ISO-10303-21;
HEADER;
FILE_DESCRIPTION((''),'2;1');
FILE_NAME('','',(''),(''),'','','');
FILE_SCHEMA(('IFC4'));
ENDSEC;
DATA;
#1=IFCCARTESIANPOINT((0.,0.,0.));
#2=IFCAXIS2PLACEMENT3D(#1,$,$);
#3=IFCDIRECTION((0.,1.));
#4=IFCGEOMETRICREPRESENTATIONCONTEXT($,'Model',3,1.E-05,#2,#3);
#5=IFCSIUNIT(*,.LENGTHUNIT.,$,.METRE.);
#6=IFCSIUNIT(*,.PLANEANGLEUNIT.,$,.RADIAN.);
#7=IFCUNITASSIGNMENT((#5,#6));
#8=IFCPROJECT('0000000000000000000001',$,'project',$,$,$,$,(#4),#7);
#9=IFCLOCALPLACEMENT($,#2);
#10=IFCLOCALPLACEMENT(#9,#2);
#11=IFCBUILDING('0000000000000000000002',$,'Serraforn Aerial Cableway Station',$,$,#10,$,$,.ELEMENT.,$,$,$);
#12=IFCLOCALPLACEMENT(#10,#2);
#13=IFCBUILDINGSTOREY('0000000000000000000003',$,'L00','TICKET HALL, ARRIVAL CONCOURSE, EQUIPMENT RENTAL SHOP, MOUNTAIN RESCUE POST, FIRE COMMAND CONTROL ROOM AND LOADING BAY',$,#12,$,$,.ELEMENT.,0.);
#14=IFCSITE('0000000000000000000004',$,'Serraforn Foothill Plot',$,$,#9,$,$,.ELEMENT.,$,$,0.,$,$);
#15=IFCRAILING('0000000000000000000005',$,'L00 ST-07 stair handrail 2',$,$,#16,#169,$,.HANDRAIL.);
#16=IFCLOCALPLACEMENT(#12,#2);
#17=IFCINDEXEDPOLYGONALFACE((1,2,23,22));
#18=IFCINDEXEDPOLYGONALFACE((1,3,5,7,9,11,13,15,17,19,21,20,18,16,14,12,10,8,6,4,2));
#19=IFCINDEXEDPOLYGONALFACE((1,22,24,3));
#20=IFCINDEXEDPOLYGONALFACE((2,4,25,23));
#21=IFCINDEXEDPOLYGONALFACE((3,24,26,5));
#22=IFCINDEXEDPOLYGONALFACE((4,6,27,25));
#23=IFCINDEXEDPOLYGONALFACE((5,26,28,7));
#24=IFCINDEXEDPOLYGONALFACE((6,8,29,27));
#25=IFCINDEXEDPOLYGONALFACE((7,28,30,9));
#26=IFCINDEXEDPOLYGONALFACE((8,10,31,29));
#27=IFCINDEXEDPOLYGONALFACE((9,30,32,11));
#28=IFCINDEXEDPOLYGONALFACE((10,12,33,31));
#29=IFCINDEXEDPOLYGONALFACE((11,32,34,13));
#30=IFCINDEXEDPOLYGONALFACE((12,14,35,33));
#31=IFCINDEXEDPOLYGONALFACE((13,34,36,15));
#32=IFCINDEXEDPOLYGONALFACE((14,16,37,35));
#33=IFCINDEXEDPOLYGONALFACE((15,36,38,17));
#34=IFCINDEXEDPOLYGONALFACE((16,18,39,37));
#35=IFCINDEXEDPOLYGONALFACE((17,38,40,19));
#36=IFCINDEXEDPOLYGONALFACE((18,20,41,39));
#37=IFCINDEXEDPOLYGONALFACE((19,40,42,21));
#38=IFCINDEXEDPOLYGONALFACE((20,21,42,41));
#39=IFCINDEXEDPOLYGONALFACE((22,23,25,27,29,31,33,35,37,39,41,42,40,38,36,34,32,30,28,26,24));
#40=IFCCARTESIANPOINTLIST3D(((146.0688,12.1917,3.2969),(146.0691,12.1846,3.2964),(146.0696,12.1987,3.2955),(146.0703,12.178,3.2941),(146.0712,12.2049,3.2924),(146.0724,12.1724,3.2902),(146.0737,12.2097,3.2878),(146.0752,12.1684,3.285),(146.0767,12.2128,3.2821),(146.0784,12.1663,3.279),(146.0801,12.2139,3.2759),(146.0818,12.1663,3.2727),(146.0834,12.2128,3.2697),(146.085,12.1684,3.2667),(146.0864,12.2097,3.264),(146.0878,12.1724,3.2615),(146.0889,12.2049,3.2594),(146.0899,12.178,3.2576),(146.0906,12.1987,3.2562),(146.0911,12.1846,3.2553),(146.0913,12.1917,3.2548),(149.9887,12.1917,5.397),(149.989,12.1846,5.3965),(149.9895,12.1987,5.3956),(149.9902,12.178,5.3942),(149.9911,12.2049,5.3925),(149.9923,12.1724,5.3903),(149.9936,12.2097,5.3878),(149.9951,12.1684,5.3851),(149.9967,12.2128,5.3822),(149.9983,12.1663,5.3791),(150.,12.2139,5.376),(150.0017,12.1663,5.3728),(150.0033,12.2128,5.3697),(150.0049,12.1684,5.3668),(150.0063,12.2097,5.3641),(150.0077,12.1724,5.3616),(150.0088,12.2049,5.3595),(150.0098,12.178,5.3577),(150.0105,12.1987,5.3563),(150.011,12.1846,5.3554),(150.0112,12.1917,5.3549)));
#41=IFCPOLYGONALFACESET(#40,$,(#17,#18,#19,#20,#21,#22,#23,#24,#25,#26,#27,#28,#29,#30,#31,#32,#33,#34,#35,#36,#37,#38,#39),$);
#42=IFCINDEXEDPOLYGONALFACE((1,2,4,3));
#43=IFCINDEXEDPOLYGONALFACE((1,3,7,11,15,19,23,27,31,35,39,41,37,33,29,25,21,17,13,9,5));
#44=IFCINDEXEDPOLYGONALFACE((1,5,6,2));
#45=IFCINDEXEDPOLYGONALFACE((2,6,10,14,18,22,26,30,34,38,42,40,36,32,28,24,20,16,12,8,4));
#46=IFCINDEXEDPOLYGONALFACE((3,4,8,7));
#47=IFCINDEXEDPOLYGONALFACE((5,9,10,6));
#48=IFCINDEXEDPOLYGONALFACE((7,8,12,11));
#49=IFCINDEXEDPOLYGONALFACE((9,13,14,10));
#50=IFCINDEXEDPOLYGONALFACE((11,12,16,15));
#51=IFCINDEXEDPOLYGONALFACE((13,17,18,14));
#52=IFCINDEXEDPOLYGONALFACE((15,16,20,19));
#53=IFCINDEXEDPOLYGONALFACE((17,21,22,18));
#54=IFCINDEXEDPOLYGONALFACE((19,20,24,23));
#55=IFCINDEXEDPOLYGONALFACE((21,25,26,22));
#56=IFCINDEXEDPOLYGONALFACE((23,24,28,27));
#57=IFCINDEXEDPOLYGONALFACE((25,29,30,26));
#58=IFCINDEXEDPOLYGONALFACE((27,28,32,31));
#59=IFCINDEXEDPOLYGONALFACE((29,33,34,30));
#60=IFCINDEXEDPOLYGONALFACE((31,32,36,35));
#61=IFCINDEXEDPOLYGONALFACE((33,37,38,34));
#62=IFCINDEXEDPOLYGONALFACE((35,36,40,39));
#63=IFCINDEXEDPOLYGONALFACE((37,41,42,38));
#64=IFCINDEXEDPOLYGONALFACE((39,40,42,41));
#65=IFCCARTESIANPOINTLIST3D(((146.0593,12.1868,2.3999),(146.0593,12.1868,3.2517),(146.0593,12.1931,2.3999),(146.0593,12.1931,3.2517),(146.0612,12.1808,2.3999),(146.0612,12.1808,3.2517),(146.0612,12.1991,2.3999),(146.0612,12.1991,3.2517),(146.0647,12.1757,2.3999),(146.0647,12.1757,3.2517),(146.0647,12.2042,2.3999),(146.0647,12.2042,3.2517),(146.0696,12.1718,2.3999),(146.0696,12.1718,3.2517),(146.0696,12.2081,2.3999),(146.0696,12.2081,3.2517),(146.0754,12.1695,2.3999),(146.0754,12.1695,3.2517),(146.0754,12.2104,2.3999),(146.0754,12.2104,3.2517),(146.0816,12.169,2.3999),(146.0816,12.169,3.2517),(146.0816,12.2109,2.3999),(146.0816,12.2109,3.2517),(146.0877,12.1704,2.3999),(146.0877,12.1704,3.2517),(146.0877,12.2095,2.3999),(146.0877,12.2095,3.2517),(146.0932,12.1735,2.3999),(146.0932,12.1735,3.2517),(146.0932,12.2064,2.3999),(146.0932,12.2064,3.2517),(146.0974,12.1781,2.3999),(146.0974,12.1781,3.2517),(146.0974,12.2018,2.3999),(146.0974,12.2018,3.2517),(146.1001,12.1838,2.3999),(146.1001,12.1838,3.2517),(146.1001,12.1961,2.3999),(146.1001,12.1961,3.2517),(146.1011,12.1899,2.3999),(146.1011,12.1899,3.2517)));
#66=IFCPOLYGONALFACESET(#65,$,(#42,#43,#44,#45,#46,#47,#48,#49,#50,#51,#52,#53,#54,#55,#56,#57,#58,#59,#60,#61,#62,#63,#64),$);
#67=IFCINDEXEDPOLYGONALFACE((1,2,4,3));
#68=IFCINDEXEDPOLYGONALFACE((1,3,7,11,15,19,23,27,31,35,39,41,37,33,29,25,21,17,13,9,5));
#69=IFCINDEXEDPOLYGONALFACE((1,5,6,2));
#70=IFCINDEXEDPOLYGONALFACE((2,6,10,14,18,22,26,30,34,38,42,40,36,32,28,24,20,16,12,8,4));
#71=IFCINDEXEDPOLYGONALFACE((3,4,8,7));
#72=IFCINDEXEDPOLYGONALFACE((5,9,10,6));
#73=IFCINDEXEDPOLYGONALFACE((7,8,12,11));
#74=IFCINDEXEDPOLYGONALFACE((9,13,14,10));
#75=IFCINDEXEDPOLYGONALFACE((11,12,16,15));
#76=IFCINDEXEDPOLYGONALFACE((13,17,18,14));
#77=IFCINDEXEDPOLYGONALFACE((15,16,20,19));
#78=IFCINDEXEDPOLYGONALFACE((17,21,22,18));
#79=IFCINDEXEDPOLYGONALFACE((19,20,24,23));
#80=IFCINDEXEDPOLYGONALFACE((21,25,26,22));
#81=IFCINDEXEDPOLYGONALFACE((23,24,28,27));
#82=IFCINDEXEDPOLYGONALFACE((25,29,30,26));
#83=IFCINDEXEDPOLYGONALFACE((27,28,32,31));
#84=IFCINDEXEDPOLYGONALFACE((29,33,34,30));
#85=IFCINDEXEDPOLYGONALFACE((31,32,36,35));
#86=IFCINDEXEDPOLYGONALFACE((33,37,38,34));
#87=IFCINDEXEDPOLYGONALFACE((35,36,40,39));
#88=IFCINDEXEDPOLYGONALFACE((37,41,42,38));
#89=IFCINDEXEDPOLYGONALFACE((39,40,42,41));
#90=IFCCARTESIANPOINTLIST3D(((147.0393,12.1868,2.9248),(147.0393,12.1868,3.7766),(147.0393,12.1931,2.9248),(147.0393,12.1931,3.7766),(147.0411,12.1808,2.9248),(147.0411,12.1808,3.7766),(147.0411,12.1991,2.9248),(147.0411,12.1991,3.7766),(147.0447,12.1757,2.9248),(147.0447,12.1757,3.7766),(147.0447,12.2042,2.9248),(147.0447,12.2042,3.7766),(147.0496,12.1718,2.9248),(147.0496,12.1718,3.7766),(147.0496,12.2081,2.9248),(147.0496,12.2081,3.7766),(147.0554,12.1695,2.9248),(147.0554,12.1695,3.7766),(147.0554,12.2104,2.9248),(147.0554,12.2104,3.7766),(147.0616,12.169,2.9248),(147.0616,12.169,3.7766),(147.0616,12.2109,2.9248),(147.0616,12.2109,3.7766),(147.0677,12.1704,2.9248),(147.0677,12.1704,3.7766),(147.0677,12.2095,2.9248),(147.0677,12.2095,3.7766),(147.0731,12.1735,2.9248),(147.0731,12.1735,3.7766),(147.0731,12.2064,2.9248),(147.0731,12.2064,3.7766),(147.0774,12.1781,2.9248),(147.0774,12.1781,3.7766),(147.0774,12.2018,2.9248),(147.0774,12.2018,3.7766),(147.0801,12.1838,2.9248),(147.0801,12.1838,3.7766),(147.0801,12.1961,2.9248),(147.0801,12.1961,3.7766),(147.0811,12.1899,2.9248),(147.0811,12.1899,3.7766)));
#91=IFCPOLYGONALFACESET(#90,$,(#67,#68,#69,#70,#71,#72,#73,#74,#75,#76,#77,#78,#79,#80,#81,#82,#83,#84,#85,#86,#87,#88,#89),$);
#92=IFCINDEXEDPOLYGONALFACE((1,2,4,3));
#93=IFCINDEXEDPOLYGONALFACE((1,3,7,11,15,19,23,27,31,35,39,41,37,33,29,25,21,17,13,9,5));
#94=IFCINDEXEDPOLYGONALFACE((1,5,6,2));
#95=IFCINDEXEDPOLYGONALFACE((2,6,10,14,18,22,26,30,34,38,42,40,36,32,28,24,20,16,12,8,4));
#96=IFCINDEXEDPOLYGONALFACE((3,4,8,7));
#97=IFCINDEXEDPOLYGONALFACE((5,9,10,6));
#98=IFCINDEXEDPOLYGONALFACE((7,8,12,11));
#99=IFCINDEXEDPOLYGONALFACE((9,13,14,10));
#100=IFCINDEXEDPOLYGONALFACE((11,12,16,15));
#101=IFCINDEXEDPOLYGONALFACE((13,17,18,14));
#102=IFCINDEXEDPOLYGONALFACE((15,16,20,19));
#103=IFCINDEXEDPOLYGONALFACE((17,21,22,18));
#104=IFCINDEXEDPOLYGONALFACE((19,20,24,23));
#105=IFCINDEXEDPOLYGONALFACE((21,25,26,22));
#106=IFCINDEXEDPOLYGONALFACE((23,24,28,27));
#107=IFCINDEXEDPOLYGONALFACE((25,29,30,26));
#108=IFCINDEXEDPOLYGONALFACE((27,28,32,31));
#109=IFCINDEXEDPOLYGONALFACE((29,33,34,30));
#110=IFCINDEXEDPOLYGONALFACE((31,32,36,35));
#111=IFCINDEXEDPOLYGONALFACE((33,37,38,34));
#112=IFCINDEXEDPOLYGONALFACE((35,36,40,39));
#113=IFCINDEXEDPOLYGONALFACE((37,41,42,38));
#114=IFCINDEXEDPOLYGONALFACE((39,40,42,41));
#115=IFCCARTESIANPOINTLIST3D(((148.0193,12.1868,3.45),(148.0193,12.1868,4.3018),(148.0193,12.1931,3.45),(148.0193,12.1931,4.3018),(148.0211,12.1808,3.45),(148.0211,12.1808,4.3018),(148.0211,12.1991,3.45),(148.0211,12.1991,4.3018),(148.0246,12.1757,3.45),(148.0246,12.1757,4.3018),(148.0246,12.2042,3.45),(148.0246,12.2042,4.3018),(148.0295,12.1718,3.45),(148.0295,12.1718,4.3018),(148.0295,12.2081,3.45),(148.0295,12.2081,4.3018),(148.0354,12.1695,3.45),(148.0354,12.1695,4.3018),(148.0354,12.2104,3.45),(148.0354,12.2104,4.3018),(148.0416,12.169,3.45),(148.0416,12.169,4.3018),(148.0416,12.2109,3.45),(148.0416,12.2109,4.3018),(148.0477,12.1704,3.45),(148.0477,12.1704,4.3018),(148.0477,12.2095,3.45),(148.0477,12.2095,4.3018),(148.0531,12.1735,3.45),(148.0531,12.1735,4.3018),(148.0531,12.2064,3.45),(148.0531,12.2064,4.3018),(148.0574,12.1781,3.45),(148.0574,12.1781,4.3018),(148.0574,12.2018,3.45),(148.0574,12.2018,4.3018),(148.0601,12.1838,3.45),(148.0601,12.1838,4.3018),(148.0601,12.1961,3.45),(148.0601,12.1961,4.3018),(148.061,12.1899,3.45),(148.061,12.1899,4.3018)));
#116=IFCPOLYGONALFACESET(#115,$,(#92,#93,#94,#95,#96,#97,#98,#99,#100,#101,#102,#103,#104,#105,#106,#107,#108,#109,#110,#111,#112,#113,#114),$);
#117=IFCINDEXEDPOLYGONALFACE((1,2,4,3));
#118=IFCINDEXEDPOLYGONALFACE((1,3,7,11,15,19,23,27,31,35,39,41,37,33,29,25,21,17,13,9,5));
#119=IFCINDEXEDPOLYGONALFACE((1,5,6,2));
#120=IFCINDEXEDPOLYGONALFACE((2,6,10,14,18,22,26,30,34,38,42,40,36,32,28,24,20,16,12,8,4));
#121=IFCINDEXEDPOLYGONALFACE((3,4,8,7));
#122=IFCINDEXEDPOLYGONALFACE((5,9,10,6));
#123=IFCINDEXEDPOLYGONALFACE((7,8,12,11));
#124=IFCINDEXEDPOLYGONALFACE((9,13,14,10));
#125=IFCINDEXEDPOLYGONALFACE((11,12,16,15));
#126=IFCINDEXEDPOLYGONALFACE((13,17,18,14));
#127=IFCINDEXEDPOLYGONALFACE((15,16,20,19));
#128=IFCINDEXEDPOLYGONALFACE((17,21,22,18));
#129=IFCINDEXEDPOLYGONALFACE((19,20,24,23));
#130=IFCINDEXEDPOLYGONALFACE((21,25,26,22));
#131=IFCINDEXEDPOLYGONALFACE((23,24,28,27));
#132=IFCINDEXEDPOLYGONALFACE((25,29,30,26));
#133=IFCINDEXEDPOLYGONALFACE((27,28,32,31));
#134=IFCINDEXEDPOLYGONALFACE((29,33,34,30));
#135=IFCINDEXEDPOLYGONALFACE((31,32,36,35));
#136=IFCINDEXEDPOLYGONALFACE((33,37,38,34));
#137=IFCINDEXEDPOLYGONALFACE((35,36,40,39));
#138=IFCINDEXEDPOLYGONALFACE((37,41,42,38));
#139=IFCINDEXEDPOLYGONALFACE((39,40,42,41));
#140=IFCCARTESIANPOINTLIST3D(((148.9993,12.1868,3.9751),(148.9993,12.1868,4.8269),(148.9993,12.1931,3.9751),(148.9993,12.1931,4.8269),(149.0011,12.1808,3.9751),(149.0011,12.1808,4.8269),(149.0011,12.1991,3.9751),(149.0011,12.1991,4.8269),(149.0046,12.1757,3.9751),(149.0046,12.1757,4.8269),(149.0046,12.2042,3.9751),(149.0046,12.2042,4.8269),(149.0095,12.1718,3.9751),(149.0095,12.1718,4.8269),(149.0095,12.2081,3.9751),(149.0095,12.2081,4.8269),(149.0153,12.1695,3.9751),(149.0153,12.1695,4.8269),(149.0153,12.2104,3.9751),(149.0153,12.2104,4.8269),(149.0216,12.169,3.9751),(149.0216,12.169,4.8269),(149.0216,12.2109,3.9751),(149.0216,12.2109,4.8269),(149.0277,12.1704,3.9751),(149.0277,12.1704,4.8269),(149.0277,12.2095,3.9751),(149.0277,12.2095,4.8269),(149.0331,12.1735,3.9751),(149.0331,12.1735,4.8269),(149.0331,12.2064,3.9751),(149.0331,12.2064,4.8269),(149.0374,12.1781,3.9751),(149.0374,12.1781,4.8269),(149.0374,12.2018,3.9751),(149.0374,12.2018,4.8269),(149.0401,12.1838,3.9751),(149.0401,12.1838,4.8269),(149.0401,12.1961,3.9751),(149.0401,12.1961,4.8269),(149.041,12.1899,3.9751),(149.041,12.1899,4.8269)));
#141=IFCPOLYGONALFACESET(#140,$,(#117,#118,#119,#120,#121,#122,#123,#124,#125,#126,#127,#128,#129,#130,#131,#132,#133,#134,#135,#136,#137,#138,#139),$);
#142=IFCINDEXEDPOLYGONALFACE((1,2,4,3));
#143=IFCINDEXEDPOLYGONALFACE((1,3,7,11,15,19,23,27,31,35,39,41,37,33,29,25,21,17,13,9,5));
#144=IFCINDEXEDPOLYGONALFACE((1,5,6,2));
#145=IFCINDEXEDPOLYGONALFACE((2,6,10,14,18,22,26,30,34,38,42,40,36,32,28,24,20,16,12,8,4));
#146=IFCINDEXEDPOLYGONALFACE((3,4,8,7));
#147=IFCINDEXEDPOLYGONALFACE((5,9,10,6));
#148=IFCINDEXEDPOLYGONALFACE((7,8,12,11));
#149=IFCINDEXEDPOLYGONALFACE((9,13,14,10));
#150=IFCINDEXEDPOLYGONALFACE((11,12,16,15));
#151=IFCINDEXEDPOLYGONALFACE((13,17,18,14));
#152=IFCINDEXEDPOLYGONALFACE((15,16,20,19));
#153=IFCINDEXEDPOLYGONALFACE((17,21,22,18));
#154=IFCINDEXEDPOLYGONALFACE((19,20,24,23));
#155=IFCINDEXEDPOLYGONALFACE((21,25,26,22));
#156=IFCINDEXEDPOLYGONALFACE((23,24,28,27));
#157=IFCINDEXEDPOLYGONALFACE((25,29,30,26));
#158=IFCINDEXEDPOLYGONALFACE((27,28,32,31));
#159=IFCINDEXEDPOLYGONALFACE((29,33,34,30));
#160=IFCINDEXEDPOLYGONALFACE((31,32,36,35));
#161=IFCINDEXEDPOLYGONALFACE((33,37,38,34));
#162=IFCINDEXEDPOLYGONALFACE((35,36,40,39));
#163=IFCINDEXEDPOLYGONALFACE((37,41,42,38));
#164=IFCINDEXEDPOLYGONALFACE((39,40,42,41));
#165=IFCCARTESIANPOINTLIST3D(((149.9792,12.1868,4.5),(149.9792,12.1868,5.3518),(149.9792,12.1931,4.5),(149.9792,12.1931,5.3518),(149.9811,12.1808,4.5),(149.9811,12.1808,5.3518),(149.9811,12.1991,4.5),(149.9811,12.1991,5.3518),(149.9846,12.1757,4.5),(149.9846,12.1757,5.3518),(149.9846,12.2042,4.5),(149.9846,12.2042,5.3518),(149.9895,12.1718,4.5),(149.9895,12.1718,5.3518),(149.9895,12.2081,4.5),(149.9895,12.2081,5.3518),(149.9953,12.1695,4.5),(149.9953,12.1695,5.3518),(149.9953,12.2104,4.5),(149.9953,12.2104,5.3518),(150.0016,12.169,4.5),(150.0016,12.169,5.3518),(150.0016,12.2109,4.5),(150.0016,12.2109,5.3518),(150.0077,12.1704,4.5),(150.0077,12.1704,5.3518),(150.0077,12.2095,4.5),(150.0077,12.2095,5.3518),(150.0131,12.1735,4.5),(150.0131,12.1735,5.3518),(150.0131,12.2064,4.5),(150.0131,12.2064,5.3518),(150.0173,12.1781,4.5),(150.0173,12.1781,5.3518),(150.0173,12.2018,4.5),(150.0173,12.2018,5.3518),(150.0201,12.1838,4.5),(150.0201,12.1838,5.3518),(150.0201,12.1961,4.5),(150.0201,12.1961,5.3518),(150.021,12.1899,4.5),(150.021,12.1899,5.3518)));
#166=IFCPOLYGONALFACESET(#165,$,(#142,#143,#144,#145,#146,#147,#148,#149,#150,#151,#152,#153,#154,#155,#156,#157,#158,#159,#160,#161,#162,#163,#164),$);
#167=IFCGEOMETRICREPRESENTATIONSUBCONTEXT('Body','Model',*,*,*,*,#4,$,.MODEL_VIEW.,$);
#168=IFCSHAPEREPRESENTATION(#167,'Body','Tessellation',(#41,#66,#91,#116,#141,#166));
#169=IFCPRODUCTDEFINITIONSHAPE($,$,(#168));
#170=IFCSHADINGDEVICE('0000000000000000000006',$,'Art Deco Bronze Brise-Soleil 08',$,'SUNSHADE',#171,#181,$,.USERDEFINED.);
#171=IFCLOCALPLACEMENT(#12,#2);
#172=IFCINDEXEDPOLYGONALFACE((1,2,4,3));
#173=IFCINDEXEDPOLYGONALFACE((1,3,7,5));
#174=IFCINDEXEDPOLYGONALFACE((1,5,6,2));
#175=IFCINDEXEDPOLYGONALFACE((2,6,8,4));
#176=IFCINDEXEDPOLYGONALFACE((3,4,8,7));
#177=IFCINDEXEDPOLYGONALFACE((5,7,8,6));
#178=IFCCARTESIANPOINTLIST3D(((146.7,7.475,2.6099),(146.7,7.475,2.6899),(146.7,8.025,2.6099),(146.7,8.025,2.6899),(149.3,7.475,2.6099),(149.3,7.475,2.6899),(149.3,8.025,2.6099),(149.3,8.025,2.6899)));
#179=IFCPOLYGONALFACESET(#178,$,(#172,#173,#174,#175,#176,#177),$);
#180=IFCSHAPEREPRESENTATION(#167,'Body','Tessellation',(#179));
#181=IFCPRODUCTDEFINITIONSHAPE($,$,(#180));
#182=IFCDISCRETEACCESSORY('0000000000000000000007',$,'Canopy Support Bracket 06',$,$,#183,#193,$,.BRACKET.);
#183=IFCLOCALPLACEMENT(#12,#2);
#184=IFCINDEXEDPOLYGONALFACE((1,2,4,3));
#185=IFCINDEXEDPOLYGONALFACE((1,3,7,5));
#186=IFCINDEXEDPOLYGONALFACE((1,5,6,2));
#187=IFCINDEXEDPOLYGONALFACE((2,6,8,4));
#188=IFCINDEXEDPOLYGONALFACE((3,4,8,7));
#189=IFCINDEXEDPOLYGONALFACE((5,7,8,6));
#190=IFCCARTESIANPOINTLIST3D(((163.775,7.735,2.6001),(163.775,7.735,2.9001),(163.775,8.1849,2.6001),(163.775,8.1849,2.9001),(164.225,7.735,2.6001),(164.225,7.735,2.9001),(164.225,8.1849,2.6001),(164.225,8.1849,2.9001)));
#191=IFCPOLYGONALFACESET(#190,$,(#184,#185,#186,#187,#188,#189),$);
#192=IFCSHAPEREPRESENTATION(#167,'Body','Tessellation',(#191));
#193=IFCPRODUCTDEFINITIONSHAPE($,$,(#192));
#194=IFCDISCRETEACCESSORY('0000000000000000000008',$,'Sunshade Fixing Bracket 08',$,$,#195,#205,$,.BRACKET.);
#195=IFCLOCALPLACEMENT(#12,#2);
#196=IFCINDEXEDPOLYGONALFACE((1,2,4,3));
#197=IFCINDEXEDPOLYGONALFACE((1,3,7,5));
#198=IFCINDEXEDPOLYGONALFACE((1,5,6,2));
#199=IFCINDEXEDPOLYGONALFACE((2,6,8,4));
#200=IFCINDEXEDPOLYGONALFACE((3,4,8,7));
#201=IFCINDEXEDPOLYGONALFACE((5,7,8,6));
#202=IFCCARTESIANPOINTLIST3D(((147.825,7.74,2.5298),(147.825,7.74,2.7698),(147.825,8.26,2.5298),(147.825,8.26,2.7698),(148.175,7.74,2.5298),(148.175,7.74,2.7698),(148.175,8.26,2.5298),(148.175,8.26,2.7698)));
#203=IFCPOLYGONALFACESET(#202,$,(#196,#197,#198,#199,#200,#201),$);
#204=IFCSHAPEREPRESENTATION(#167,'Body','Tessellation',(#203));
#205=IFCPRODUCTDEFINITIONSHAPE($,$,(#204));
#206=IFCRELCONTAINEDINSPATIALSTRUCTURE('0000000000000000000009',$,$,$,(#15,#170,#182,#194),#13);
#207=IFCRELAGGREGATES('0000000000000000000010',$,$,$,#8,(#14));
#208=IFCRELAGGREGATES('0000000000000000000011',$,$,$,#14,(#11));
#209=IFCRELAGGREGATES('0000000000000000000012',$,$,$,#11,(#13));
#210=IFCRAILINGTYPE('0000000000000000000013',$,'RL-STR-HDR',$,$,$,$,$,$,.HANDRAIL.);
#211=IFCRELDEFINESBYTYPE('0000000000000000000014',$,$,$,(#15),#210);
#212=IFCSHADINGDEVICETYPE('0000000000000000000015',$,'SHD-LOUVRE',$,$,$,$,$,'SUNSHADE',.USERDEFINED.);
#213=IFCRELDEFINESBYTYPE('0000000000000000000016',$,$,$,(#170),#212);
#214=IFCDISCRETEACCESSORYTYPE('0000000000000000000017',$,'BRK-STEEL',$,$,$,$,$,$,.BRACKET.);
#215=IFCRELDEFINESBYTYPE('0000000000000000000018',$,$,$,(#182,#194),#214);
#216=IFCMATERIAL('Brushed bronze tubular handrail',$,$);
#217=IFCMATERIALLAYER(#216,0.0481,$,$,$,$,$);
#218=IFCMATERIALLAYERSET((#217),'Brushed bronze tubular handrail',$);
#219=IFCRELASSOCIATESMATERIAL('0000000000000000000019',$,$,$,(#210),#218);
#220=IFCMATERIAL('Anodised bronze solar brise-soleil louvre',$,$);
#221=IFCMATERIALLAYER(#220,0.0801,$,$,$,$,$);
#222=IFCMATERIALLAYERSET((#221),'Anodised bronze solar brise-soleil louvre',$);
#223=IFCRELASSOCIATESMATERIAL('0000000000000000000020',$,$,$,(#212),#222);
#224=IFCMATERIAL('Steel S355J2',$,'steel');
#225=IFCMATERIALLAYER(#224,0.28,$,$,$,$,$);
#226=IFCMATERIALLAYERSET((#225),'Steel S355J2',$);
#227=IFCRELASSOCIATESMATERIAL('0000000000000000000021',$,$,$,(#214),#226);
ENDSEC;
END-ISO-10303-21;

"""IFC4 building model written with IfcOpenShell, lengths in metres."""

from ifc_helpers import new_model, si_unit, direction, frame, origin, origin_2d, place, context, subcontext, project, spatial, rectangle, circle, extrude, material, layer, layer_set, type_object, element, save


model = new_model("IFC4")

# Units and contexts
model_context = context("Model", 3, precision=1e-05, world=origin(), true_north=direction((0.0, 1.0)))
body_context = subcontext(model_context, "Body", "Model", "MODEL_VIEW")
ifc_project = project(units=[si_unit("LENGTHUNIT", "METRE"), si_unit("PLANEANGLEUNIT", "RADIAN")], contexts=[model_context])

# Site, building, storey
site_placement = place(None, origin())
site = spatial("IfcSite", under=ifc_project, at=site_placement, Name="Serraforn Foothill Plot", CompositionType="ELEMENT", RefElevation=0.0)
building_placement = place(site_placement, origin())
building = spatial("IfcBuilding", under=site, at=building_placement, Name="Serraforn Aerial Cableway Station", CompositionType="ELEMENT")
storey_placement = place(building_placement, origin())
storey = spatial("IfcBuildingStorey", under=building, at=storey_placement, Name="L00", Description="TICKET HALL, ARRIVAL CONCOURSE, EQUIPMENT RENTAL SHOP, MOUNTAIN RESCUE POST, FIRE COMMAND CONTROL ROOM AND LOADING BAY", CompositionType="ELEMENT", Elevation=0.0)

# Shared definitions
ifc_material_1 = material(Name="Steel S355J2", Category="steel")

# Railing
ifc_material_2 = material(Name="Brushed bronze tubular handrail")
ifc_layer_1 = layer(ifc_material_2, 0.0481)
ifc_layer_set_1 = layer_set([ifc_layer_1], Name="Brushed bronze tubular handrail")
railing_type_1 = type_object("IfcRailingType", Name="RL-STR-HDR", PredefinedType="HANDRAIL", material=ifc_layer_set_1)
railing_1_placement = place(storey_placement, frame((146.0801, 12.1899, 2.3999)))
element("IfcRailing", 1, at=railing_1_placement, inside=storey, type_object=railing_type_1, Name="L00 ST-07 stair handrail 2", PredefinedType="HANDRAIL", context=body_context, shape_type="SweptSolid", body=[
    extrude(circle(Radius=0.0239, at=origin_2d()), frame((0.0, 0.0, 0.876), z_axis=(0.881467, 0.0, 0.472246), x_axis=(0.0, 1.0, 0.0)), (0.0, 0.0, 1.0), 4.447),
    extrude(circle(Radius=0.021, at=origin_2d()), origin(), (0.0, 0.0, 1.0), 0.8518),
    extrude(circle(Radius=0.021, at=origin_2d()), frame((0.98, 0.0, 0.5249)), (0.0, 0.0, 1.0), 0.8518),
    extrude(circle(Radius=0.021, at=origin_2d()), frame((1.96, 0.0, 1.05)), (0.0, 0.0, 1.0), 0.8518),
    extrude(circle(Radius=0.021, at=origin_2d()), frame((2.9399, 0.0, 1.5752)), (0.0, 0.0, 1.0), 0.8518),
    extrude(circle(Radius=0.021, at=origin_2d()), frame((3.9199, 0.0, 2.1001)), (0.0, 0.0, 1.0), 0.8518),
])

# Shading device
ifc_material_3 = material(Name="Anodised bronze solar brise-soleil louvre")
ifc_layer_2 = layer(ifc_material_3, 0.0801)
ifc_layer_set_2 = layer_set([ifc_layer_2], Name="Anodised bronze solar brise-soleil louvre")
shading_device_type = type_object("IfcShadingDeviceType", Name="SHD-LOUVRE", ElementType="SUNSHADE", PredefinedType="USERDEFINED", material=ifc_layer_set_2)
shading_device_placement = place(storey_placement, frame((148.0, 7.75, 2.6099), z_axis=(0.0, 0.0, 1.0), x_axis=(1.0, 0.0, 0.0)))
element("IfcShadingDevice", 2, at=shading_device_placement, inside=storey, type_object=shading_device_type, Name="Art Deco Bronze Brise-Soleil 08", ObjectType="SUNSHADE", PredefinedType="USERDEFINED", context=body_context, shape_type="SweptSolid", body=[
    extrude(rectangle(XDim=2.6001, YDim=0.55, at=origin_2d()), origin(), (0.0, 0.0, 1.0), 0.0801),
])

# Discrete accessories
ifc_layer_3 = layer(ifc_material_1, 0.28)
ifc_layer_set_3 = layer_set([ifc_layer_3], Name="Steel S355J2")
discrete_accessory_type = type_object("IfcDiscreteAccessoryType", Name="BRK-STEEL", PredefinedType="BRACKET", material=ifc_layer_set_3)
discrete_accessory_1_placement = place(storey_placement, frame((164.0, 7.96, 2.6001), z_axis=(0.0, 0.0, 1.0), x_axis=(1.0, 0.0, 0.0)))
element("IfcDiscreteAccessory", 3, at=discrete_accessory_1_placement, inside=storey, type_object=discrete_accessory_type, Name="Canopy Support Bracket 06", PredefinedType="BRACKET", context=body_context, shape_type="SweptSolid", body=[
    extrude(rectangle(XDim=0.45, YDim=0.45, at=origin_2d()), origin(), (0.0, 0.0, 1.0), 0.3),
])
discrete_accessory_2_placement = place(storey_placement, frame((148.0, 8.0, 2.5298), z_axis=(0.0, 0.0, 1.0), x_axis=(1.0, 0.0, 0.0)))
element("IfcDiscreteAccessory", 4, at=discrete_accessory_2_placement, inside=storey, type_object=discrete_accessory_type, Name="Sunshade Fixing Bracket 08", PredefinedType="BRACKET", context=body_context, shape_type="SweptSolid", body=[
    extrude(rectangle(XDim=0.3501, YDim=0.52, at=origin_2d()), origin(), (0.0, 0.0, 1.0), 0.24),
])

save(model, "model.ifc")
